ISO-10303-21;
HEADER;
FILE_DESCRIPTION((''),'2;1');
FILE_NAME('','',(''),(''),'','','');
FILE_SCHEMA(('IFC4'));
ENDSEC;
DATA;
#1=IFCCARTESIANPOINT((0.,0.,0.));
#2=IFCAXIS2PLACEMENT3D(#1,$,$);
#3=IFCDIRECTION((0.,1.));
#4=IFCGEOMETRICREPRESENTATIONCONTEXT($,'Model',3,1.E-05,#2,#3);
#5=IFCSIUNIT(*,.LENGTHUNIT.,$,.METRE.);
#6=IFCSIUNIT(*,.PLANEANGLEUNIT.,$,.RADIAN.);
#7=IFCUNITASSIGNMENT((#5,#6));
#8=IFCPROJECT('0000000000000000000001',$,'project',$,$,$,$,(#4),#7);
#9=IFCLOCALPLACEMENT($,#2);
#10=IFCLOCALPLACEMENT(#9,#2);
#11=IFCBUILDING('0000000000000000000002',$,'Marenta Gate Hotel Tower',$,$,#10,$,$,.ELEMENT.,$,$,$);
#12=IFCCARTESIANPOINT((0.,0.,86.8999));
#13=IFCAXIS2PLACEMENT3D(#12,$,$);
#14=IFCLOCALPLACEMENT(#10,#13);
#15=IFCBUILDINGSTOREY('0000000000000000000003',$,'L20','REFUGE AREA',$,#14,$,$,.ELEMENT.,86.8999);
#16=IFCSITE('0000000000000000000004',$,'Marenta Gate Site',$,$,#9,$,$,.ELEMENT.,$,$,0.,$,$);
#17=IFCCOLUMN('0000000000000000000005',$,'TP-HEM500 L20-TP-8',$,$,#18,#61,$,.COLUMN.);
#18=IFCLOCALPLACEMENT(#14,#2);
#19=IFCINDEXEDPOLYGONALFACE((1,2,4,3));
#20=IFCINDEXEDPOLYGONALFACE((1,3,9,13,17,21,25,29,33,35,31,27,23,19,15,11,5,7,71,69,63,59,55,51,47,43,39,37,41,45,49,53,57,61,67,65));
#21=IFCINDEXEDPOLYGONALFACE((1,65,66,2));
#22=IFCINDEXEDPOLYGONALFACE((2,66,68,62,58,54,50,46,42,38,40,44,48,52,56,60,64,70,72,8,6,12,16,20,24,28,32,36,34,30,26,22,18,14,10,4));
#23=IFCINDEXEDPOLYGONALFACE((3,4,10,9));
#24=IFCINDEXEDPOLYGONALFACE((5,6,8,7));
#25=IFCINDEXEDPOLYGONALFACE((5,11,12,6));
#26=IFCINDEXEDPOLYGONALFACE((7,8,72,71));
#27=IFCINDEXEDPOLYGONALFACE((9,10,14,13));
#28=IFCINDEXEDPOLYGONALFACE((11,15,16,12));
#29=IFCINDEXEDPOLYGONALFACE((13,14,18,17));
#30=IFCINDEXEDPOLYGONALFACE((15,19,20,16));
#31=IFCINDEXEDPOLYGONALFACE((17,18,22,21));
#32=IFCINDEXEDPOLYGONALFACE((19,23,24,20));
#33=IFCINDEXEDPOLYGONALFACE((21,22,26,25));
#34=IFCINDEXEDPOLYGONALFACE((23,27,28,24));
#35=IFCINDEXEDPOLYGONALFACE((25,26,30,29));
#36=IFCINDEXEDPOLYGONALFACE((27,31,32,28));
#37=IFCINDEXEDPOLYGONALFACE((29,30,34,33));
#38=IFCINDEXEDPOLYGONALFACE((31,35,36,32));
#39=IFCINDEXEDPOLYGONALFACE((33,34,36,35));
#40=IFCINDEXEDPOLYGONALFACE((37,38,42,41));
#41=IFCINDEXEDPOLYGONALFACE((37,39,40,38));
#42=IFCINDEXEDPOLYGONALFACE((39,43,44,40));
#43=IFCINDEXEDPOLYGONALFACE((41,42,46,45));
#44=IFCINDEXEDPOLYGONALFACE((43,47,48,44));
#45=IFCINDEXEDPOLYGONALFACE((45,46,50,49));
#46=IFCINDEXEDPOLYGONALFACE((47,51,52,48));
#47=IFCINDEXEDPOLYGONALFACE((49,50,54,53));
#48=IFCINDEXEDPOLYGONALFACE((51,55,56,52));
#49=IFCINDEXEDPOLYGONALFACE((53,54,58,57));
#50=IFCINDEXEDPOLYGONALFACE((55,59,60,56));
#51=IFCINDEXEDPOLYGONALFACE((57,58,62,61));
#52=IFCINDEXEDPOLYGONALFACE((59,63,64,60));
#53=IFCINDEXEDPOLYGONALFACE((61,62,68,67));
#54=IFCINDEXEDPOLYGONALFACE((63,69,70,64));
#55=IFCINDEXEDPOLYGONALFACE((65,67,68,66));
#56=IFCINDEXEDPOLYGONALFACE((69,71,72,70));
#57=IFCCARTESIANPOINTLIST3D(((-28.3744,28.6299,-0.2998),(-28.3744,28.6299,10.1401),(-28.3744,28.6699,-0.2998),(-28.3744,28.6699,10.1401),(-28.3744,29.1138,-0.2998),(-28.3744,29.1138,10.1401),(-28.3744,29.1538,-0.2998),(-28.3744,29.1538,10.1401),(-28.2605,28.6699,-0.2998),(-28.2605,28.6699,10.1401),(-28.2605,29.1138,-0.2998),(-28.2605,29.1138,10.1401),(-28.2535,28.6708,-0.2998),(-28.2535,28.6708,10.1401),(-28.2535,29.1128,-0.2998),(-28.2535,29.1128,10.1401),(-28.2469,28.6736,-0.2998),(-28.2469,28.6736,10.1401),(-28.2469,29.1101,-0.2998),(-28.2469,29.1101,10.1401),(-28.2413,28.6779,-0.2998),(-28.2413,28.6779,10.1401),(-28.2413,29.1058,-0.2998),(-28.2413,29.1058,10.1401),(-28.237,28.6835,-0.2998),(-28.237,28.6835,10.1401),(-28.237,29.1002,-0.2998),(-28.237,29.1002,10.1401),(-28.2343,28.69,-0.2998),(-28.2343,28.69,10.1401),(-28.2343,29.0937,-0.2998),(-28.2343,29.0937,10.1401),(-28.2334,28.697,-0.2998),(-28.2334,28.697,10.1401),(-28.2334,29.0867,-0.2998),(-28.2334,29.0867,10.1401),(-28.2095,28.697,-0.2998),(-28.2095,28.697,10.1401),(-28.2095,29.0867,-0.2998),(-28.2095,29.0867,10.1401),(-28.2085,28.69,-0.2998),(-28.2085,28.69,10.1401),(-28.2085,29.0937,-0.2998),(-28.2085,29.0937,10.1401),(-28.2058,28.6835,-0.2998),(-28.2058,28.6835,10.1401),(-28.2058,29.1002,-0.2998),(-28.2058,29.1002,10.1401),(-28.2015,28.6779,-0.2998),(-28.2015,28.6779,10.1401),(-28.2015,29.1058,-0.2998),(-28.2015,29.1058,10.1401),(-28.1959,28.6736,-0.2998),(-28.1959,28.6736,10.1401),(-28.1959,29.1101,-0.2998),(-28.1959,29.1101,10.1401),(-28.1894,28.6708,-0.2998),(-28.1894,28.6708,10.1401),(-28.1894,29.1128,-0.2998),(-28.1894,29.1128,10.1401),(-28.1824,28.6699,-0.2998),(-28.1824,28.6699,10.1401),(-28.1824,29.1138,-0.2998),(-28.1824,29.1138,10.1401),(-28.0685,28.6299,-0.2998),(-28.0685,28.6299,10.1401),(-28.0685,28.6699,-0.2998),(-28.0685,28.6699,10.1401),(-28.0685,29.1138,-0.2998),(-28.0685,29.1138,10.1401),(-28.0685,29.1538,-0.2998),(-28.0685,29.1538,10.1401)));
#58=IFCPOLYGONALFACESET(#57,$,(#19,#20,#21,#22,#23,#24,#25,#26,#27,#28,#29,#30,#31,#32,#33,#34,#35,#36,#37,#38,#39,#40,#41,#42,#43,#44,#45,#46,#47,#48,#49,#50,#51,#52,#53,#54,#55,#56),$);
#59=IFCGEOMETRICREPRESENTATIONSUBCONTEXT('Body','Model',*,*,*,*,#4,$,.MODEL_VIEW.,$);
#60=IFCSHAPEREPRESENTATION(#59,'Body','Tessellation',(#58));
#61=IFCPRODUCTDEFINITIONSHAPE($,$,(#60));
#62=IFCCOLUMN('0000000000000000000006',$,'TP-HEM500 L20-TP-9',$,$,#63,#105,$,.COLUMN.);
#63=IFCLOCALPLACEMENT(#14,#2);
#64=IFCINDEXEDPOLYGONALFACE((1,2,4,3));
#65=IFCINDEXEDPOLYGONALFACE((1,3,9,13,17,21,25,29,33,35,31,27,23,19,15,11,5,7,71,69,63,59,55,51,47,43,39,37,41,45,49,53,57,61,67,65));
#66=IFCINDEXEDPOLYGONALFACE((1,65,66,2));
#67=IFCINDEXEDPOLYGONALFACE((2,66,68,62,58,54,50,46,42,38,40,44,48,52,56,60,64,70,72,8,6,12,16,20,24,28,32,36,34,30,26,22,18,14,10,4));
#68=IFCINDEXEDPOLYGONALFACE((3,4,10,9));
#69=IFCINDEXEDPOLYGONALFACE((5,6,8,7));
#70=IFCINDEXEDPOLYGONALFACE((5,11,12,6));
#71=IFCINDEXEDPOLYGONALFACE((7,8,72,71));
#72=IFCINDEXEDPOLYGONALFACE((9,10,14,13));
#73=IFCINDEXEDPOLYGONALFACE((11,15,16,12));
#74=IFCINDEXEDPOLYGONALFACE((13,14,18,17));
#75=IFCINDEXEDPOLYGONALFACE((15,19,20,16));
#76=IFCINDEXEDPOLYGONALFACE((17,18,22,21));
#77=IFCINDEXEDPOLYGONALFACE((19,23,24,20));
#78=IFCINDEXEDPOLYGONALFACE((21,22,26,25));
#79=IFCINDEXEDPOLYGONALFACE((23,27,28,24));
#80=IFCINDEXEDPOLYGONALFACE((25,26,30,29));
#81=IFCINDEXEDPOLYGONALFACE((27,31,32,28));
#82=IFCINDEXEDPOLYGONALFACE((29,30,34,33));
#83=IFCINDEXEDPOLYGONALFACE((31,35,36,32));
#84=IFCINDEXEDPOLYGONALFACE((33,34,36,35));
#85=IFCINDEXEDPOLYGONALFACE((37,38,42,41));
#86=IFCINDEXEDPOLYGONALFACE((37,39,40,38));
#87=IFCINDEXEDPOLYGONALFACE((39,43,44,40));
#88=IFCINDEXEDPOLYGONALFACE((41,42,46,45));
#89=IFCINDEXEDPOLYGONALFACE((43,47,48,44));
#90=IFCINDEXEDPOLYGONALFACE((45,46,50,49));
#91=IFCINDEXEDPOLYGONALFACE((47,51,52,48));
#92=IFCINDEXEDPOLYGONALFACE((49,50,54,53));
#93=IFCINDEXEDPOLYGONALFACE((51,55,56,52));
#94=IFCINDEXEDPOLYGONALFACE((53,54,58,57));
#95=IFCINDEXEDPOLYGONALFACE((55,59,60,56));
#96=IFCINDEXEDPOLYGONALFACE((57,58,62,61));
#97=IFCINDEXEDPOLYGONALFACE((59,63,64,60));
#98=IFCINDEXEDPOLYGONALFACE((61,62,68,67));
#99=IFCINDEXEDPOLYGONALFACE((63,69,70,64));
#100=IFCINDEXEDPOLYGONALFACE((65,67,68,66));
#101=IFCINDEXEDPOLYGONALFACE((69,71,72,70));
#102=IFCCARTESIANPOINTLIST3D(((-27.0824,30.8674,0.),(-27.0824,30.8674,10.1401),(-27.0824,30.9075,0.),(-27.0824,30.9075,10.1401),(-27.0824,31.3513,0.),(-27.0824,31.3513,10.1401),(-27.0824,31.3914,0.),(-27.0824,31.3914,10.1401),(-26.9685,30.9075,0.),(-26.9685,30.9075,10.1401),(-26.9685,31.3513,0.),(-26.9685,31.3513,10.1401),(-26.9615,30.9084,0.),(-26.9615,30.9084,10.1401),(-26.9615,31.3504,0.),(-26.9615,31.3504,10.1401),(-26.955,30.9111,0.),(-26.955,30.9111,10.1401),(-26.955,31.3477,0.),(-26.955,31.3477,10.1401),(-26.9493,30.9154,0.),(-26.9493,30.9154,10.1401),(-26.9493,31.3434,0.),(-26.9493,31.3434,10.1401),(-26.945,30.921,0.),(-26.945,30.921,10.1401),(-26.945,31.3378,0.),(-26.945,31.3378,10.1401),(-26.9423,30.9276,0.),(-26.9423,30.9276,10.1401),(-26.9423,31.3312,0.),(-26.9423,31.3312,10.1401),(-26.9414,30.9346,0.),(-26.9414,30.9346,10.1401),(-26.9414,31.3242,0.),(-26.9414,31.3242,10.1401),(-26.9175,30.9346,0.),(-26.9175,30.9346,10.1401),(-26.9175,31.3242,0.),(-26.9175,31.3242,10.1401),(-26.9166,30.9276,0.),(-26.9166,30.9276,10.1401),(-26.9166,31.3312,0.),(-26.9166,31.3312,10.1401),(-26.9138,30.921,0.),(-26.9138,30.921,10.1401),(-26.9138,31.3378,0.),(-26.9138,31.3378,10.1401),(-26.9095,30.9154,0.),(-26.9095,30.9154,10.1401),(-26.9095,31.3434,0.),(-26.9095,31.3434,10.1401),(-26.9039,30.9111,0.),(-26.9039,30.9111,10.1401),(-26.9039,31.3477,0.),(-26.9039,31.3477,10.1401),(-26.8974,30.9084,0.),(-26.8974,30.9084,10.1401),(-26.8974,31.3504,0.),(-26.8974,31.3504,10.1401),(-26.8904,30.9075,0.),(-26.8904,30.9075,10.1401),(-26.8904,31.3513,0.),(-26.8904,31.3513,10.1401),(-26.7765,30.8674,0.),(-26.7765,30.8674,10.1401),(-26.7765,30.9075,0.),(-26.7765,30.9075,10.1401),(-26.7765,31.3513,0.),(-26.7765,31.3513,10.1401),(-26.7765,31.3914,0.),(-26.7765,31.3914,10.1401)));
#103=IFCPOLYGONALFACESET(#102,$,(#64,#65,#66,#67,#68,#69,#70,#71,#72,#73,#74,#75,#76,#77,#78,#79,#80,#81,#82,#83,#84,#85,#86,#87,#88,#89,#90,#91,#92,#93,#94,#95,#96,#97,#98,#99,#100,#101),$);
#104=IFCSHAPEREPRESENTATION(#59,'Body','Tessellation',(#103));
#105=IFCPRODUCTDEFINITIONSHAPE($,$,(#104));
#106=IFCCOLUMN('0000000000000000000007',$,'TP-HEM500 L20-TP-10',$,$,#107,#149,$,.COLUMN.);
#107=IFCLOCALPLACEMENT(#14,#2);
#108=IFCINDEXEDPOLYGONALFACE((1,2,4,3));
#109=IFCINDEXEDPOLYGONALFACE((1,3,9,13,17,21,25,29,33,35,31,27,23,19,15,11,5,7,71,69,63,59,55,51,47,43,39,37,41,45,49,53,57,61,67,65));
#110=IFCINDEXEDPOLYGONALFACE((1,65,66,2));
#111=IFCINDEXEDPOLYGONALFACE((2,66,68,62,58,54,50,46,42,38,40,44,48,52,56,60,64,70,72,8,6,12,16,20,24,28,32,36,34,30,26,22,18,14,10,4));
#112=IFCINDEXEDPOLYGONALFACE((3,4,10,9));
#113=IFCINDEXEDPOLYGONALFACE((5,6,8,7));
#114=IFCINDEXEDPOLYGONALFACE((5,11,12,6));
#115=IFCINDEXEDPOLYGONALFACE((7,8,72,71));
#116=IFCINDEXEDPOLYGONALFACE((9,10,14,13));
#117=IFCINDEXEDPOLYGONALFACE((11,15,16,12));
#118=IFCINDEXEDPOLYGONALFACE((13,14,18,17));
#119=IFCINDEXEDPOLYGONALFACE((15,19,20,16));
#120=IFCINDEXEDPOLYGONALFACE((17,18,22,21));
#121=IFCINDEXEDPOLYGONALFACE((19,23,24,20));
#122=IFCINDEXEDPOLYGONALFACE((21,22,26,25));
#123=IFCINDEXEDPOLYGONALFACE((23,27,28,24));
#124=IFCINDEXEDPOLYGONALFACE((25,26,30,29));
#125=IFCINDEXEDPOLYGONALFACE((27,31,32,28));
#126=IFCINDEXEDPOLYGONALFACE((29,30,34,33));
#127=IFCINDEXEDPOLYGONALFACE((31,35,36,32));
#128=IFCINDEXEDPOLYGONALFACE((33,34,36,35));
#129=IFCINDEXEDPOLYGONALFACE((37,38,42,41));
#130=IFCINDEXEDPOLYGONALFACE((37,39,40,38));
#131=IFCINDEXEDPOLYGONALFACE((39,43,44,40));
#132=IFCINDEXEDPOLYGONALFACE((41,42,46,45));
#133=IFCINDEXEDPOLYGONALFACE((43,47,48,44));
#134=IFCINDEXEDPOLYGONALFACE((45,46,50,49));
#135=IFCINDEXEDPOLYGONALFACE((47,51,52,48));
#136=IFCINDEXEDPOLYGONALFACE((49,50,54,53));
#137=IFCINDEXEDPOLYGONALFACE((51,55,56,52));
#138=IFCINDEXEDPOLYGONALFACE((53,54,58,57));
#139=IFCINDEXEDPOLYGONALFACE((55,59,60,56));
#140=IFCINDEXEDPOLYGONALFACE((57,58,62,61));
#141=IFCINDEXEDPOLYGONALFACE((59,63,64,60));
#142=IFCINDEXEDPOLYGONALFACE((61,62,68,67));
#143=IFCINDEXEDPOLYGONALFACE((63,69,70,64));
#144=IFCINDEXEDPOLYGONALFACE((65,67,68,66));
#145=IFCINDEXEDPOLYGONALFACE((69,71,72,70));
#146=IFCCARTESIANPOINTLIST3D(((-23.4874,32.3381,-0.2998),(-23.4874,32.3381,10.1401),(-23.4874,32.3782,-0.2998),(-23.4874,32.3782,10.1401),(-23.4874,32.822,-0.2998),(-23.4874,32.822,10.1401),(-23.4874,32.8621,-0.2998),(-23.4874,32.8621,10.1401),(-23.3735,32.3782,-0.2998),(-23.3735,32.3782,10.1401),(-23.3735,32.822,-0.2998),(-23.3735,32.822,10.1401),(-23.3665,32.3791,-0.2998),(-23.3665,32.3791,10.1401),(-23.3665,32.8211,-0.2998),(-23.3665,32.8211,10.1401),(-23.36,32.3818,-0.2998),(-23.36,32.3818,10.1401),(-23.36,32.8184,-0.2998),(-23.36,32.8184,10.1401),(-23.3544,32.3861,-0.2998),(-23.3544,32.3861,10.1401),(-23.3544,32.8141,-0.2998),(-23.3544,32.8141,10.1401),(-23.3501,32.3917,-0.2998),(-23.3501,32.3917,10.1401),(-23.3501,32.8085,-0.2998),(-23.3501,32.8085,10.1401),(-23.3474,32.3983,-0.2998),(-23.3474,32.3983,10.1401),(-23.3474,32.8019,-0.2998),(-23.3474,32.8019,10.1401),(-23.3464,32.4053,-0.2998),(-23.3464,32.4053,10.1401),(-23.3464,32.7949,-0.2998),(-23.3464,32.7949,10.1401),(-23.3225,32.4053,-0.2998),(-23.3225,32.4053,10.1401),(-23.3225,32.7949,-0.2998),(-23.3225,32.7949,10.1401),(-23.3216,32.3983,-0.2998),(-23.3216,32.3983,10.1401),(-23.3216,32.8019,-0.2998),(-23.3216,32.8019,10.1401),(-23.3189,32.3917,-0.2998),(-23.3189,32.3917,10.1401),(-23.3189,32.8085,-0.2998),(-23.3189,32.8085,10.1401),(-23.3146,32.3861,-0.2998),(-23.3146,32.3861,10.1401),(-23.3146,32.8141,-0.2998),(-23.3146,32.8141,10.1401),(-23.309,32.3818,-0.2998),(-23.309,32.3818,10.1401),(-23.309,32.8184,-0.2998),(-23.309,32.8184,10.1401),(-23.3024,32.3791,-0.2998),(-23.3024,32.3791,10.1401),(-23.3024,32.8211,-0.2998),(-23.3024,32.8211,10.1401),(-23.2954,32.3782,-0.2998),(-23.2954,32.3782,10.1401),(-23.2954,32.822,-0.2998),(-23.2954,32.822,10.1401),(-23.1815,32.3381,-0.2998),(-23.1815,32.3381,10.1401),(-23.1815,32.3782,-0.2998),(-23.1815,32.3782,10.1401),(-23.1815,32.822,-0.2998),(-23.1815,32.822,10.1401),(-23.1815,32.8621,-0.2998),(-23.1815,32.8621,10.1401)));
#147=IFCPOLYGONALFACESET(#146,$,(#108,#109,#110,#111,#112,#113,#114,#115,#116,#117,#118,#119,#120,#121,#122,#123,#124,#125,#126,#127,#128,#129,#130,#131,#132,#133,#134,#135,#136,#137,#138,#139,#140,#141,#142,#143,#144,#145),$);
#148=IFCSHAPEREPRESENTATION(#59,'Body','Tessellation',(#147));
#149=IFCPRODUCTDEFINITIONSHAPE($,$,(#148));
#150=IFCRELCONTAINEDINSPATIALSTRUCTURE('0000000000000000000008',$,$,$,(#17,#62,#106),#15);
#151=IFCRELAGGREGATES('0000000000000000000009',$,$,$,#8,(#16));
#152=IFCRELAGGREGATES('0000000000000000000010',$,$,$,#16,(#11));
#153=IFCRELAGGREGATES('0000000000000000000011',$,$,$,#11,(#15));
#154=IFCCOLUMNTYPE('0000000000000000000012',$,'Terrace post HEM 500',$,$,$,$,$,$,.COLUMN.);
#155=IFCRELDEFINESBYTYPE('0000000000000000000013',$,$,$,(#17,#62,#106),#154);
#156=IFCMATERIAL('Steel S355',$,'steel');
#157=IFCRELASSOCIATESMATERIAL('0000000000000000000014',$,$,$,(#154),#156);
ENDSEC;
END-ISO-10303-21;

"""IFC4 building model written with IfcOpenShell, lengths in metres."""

from ifc_helpers import new_model, si_unit, direction, frame, origin, origin_2d, place, context, subcontext, project, spatial, i_section, extrude, material, material_profile, profile_set, type_object, element, save


model = new_model("IFC4")

# Units and contexts
model_context = context("Model", 3, precision=1e-05, world=origin(), true_north=direction((0.0, 1.0)))
body_context = subcontext(model_context, "Body", "Model", "MODEL_VIEW")
ifc_project = project(units=[si_unit("LENGTHUNIT", "METRE"), si_unit("PLANEANGLEUNIT", "RADIAN")], contexts=[model_context])

# Site, building, storey
site_placement = place(None, origin())
site = spatial("IfcSite", under=ifc_project, at=site_placement, Name="Marenta Gate Site", CompositionType="ELEMENT", RefElevation=0.0)
building_placement = place(site_placement, origin())
building = spatial("IfcBuilding", under=site, at=building_placement, Name="Marenta Gate Hotel Tower", CompositionType="ELEMENT")
storey_placement = place(building_placement, frame((0.0, 0.0, 86.8999)))
storey = spatial("IfcBuildingStorey", under=building, at=storey_placement, Name="L20", Description="REFUGE AREA", CompositionType="ELEMENT", Elevation=86.8999)

# Columns
ifc_material_1 = material(Name="Steel S355", Category="steel")
ifc_material_profile_1 = material_profile(ifc_material_1, i_section(OverallWidth=0.3059, OverallDepth=0.5239, WebThickness=0.0239, FlangeThickness=0.04, FilletRadius=0.0271, at=origin_2d()), Name="HEM 500")
ifc_profile_set_1 = profile_set([ifc_material_profile_1], Name="Steel S355")
column_type = type_object("IfcColumnType", Name="Terrace post HEM 500", PredefinedType="COLUMN", material=ifc_profile_set_1)
column_1_placement = place(storey_placement, frame((-28.2214, 28.8918, -0.2998), z_axis=(0.0, 0.0, 1.0), x_axis=(1.0, 0.0, 0.0)))
element("IfcColumn", 1, at=column_1_placement, inside=storey, type_object=column_type, Name="TP-HEM500 L20-TP-8", PredefinedType="COLUMN", context=body_context, shape_type="SweptSolid", body=[
    extrude(i_section(OverallWidth=0.3059, OverallDepth=0.5239, WebThickness=0.0239, FlangeThickness=0.04, FilletRadius=0.0271, at=origin_2d()), origin(), (0.0, 0.0, 1.0), 10.4399),
])
column_2_placement = place(storey_placement, frame((-26.9294, 31.1294, 0.0), z_axis=(0.0, 0.0, 1.0), x_axis=(1.0, 0.0, 0.0)))
element("IfcColumn", 2, at=column_2_placement, inside=storey, type_object=column_type, Name="TP-HEM500 L20-TP-9", PredefinedType="COLUMN", context=body_context, shape_type="SweptSolid", body=[
    extrude(i_section(OverallWidth=0.3059, OverallDepth=0.5239, WebThickness=0.0239, FlangeThickness=0.04, FilletRadius=0.0271, at=origin_2d()), origin(), (0.0, 0.0, 1.0), 10.1401),
])
column_3_placement = place(storey_placement, frame((-23.3345, 32.6001, -0.2998), z_axis=(0.0, 0.0, 1.0), x_axis=(1.0, 0.0, 0.0)))
element("IfcColumn", 3, at=column_3_placement, inside=storey, type_object=column_type, Name="TP-HEM500 L20-TP-10", PredefinedType="COLUMN", context=body_context, shape_type="SweptSolid", body=[
    extrude(i_section(OverallWidth=0.3059, OverallDepth=0.5239, WebThickness=0.0239, FlangeThickness=0.04, FilletRadius=0.0271, at=origin_2d()), origin(), (0.0, 0.0, 1.0), 10.4399),
])

save(model, "model.ifc")
